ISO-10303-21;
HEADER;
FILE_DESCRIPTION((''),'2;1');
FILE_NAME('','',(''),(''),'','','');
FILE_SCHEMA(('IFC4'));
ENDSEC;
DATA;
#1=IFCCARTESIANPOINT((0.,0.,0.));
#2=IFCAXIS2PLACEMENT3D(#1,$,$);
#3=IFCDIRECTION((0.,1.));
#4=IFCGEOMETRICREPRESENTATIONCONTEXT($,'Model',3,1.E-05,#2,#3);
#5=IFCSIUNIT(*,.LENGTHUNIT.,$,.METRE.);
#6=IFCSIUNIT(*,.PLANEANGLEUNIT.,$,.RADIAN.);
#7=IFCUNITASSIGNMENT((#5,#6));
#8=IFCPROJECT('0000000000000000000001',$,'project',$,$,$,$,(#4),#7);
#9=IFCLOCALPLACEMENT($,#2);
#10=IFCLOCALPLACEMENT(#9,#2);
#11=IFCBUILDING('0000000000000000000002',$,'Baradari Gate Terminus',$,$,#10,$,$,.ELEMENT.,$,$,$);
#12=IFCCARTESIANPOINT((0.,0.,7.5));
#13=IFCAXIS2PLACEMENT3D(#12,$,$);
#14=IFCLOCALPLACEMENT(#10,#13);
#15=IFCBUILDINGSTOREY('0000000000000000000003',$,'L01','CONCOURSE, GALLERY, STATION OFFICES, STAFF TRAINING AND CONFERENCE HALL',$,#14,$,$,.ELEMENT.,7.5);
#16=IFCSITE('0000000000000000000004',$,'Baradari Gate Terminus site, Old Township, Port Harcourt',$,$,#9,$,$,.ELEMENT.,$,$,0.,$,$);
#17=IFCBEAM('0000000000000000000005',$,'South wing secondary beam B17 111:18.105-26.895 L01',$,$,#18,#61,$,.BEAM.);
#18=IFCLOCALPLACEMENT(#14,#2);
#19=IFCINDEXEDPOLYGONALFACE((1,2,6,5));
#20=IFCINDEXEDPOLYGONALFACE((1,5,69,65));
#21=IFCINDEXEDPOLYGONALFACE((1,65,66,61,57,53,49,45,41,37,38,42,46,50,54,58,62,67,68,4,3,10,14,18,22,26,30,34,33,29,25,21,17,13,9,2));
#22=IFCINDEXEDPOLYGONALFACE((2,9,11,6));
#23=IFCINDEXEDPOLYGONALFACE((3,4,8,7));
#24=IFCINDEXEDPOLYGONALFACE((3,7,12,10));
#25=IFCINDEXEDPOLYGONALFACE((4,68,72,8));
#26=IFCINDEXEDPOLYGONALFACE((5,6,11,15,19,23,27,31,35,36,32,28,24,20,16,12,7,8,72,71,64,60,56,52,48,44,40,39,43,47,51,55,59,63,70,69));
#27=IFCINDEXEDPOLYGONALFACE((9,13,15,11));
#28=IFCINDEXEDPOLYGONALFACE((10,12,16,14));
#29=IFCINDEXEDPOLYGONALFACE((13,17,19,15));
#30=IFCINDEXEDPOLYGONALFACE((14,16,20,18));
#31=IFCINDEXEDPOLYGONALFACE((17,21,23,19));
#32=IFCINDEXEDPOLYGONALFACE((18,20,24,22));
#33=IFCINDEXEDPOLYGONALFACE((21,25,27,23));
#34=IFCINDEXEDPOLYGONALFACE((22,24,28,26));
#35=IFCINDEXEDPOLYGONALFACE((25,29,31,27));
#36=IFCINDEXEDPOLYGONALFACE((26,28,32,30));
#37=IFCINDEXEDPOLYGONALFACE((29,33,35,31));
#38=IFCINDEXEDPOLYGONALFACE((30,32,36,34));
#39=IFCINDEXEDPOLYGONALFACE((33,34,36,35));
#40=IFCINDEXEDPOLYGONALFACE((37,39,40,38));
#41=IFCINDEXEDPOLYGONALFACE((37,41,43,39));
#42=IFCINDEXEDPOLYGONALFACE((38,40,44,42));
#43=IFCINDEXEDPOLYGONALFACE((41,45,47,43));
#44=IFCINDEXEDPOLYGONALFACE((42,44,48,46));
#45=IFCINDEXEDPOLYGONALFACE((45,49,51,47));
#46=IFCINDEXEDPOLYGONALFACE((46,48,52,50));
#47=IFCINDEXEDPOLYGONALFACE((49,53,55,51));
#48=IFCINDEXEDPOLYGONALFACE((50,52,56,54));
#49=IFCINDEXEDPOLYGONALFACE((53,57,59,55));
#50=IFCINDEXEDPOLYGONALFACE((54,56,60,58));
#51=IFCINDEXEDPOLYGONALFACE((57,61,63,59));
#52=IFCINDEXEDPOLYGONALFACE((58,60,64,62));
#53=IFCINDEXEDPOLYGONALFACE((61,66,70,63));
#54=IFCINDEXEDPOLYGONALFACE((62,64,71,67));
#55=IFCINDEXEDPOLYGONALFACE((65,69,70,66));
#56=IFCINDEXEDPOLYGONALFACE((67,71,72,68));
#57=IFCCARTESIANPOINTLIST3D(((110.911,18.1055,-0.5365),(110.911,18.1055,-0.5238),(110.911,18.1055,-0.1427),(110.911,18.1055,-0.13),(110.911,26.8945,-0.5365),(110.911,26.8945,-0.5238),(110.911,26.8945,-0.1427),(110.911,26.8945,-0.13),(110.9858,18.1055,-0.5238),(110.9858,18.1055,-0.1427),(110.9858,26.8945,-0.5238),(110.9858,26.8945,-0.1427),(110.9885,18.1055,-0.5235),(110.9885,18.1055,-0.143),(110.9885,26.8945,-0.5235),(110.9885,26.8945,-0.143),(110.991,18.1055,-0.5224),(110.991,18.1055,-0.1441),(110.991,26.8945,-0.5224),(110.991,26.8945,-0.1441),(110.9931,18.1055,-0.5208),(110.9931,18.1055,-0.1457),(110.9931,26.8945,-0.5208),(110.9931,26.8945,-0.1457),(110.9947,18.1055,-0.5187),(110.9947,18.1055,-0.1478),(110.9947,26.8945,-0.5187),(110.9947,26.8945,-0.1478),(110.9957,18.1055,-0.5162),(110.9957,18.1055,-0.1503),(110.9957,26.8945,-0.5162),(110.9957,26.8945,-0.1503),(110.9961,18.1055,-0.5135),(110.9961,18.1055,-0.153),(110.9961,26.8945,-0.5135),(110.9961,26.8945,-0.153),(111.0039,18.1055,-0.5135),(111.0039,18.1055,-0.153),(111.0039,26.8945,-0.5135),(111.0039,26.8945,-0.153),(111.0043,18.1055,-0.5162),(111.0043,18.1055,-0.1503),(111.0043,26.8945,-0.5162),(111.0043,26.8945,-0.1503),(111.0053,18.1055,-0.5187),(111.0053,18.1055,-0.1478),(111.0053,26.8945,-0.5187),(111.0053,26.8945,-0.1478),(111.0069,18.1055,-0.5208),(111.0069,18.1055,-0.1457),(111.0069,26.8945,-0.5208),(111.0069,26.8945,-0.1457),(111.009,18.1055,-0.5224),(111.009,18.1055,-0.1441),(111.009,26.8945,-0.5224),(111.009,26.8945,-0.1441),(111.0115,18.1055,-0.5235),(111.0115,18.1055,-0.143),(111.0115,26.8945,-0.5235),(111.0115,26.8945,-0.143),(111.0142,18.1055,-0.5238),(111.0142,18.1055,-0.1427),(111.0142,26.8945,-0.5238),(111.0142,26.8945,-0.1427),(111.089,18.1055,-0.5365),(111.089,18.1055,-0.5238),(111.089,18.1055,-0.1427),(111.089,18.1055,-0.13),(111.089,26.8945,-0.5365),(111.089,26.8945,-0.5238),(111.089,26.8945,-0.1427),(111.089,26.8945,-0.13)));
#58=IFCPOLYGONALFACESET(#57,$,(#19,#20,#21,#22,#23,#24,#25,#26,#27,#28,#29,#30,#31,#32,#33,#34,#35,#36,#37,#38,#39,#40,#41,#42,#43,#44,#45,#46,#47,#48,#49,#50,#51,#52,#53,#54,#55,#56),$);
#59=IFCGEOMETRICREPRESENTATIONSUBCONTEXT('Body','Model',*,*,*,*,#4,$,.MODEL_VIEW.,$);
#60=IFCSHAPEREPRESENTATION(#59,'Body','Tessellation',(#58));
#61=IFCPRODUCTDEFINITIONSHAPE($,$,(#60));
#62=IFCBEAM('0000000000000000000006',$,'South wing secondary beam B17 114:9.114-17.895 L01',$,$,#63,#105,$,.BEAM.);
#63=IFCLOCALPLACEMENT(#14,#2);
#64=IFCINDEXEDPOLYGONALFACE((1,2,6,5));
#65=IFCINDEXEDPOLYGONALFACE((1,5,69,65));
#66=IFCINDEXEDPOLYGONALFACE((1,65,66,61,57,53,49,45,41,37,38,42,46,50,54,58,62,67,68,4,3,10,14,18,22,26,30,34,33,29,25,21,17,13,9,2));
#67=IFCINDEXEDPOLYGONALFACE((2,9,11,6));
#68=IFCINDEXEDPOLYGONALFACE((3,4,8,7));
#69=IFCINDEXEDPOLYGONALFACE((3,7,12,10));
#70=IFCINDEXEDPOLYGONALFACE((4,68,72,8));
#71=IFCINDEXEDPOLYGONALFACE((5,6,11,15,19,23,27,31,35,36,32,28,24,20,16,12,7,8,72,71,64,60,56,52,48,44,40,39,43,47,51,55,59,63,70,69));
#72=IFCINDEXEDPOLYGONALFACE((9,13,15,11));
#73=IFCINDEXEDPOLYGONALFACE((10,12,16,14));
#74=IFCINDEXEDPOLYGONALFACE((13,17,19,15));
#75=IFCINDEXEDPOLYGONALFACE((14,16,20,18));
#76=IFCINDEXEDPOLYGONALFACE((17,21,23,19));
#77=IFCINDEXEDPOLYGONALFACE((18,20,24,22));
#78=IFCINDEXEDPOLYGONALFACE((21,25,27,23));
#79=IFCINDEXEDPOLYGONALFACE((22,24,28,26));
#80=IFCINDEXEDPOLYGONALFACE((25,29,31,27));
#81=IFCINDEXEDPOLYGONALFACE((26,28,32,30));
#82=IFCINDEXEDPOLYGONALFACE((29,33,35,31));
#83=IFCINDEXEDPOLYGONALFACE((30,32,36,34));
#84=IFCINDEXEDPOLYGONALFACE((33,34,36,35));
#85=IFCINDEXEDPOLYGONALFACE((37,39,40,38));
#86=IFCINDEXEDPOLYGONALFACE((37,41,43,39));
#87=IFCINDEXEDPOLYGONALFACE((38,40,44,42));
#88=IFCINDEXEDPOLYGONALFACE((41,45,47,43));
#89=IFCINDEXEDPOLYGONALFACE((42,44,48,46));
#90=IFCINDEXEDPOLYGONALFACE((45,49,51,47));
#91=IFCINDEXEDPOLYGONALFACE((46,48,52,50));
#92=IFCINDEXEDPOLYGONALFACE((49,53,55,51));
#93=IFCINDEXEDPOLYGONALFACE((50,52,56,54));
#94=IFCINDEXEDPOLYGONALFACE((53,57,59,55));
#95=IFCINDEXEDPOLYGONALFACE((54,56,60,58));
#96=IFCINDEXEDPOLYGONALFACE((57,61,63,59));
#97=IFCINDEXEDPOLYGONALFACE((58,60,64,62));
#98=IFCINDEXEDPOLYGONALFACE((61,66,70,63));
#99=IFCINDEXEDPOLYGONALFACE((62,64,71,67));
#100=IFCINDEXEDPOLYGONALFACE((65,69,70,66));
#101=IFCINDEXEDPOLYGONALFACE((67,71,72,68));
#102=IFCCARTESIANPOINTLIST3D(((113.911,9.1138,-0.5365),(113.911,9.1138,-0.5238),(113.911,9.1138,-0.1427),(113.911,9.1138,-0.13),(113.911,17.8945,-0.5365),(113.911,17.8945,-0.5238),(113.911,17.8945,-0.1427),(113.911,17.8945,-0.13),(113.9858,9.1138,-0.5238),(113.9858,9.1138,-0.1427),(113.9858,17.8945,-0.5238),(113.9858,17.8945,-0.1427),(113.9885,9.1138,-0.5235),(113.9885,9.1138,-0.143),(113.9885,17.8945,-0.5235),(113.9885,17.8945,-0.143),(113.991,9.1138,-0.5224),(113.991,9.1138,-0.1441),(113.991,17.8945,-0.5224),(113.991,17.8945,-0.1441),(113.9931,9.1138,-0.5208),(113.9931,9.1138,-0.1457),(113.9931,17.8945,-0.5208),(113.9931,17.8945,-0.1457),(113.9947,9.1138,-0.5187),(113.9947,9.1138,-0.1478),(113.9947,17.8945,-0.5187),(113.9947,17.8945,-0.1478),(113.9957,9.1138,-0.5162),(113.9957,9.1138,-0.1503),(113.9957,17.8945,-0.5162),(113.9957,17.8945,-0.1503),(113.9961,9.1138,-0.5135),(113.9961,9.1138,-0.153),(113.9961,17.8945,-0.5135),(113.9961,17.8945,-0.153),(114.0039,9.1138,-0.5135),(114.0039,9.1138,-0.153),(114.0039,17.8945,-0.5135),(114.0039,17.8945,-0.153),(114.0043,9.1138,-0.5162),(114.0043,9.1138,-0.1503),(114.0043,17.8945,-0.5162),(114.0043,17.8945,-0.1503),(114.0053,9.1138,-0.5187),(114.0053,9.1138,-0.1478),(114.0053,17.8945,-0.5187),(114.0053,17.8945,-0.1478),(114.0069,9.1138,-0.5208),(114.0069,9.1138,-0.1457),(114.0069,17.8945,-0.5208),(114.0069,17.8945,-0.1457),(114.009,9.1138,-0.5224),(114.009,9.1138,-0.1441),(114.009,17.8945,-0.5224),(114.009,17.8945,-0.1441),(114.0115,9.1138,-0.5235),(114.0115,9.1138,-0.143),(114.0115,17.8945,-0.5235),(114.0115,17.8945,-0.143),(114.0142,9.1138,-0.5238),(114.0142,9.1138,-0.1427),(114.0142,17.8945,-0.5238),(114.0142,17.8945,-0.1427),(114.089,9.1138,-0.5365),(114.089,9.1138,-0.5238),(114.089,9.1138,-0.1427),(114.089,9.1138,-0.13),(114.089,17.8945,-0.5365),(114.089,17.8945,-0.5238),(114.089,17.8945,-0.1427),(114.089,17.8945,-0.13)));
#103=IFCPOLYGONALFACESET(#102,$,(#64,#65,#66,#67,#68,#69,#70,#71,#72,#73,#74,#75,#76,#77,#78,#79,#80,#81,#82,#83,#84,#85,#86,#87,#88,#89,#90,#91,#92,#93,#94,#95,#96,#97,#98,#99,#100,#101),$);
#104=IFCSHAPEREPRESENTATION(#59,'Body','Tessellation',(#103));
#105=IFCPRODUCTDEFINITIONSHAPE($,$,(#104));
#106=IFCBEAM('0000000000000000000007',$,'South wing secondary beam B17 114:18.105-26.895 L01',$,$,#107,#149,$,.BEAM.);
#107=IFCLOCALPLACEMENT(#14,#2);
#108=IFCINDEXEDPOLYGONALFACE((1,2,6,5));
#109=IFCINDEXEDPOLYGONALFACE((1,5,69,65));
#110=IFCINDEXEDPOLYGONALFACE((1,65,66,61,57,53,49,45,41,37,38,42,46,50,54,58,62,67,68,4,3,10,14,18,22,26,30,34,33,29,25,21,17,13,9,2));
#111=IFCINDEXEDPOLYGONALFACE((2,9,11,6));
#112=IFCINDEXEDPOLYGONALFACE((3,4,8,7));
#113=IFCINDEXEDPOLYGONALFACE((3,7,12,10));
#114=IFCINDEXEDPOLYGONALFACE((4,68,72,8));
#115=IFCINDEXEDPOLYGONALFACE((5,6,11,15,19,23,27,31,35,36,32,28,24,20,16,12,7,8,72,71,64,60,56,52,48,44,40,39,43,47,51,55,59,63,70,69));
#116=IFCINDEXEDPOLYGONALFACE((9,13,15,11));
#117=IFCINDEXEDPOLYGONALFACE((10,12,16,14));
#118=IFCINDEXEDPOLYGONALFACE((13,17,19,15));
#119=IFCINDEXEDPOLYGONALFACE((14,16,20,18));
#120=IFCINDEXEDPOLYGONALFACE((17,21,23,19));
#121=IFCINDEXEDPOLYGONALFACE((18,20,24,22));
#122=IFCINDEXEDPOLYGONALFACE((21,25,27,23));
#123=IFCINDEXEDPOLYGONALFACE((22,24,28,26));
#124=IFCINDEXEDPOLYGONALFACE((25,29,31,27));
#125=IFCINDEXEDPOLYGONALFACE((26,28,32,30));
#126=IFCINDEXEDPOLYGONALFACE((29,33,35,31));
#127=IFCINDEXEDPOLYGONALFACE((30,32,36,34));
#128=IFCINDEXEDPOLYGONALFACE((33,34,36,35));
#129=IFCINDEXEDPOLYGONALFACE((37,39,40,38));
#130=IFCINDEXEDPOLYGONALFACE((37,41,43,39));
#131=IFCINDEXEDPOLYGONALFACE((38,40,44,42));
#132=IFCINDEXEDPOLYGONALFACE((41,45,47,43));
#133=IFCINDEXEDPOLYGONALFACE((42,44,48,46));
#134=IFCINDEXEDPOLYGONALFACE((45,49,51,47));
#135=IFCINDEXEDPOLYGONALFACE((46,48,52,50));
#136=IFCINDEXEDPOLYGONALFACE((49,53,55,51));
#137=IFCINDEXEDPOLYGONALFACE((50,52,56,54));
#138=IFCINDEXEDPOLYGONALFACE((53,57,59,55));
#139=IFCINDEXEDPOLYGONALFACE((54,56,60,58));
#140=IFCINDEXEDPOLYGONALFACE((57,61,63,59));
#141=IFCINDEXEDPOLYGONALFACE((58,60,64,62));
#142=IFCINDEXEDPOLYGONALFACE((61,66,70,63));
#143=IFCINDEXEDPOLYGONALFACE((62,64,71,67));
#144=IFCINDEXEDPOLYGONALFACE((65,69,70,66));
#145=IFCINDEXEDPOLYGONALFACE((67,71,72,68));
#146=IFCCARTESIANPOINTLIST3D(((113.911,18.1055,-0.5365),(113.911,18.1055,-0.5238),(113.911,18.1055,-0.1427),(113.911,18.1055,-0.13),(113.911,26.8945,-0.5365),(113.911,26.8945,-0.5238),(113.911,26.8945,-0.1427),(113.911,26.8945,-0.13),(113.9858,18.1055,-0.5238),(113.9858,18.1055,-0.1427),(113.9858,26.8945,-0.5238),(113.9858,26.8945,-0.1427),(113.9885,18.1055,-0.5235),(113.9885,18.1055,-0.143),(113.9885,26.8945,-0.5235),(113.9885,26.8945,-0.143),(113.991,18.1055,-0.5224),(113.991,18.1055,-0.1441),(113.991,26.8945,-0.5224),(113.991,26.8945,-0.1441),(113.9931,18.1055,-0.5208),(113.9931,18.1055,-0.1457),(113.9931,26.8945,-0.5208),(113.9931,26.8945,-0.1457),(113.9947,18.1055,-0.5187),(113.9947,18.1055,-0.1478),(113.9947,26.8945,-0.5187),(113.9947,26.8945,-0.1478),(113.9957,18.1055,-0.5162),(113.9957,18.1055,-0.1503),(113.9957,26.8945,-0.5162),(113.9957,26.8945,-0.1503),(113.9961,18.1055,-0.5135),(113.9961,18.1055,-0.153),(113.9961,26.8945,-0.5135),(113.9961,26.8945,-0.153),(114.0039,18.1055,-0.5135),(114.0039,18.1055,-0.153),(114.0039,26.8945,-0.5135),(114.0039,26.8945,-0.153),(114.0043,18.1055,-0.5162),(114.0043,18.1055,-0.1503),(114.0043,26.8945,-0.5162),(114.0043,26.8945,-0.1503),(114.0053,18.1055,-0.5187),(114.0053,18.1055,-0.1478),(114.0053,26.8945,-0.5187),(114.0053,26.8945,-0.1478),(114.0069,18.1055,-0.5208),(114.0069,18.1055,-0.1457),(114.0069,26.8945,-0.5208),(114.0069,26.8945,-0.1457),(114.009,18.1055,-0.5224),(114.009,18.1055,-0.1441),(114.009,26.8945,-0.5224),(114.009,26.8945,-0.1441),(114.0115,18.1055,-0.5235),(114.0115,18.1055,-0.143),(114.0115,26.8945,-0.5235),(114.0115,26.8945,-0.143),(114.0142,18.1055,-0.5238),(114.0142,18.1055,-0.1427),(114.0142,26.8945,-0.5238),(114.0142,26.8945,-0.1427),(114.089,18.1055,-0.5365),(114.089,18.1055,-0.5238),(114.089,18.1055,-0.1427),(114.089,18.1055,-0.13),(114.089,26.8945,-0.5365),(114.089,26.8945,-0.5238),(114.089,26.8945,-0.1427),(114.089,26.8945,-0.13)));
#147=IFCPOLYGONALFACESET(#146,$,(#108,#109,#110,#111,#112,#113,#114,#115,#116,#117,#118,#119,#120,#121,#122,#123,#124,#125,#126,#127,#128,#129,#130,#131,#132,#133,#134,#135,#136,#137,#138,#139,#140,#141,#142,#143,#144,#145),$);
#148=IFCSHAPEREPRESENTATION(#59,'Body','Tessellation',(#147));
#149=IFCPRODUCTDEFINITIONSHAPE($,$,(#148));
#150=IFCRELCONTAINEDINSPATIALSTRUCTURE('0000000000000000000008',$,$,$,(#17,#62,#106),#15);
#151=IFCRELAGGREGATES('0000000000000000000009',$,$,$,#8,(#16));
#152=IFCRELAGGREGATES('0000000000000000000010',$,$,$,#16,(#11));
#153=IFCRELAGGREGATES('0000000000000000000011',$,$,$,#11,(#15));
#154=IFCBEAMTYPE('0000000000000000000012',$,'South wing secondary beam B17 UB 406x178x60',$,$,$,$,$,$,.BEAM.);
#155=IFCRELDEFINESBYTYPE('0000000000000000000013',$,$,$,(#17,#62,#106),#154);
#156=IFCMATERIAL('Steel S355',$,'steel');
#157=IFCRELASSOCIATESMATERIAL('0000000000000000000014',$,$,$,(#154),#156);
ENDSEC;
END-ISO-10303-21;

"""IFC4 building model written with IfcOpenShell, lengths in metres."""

from ifc_helpers import new_model, si_unit, direction, frame, origin, origin_2d, place, context, subcontext, project, spatial, i_section, extrude, material, material_profile, profile_set, type_object, element, save


model = new_model("IFC4")

# Units and contexts
model_context = context("Model", 3, precision=1e-05, world=origin(), true_north=direction((0.0, 1.0)))
body_context = subcontext(model_context, "Body", "Model", "MODEL_VIEW")
ifc_project = project(units=[si_unit("LENGTHUNIT", "METRE"), si_unit("PLANEANGLEUNIT", "RADIAN")], contexts=[model_context])

# Site, building, storey
site_placement = place(None, origin())
site = spatial("IfcSite", under=ifc_project, at=site_placement, Name="Baradari Gate Terminus site, Old Township, Port Harcourt", CompositionType="ELEMENT", RefElevation=0.0)
building_placement = place(site_placement, origin())
building = spatial("IfcBuilding", under=site, at=building_placement, Name="Baradari Gate Terminus", CompositionType="ELEMENT")
storey_placement = place(building_placement, frame((0.0, 0.0, 7.5)))
storey = spatial("IfcBuildingStorey", under=building, at=storey_placement, Name="L01", Description="CONCOURSE, GALLERY, STATION OFFICES, STAFF TRAINING AND CONFERENCE HALL", CompositionType="ELEMENT", Elevation=7.5)

# Beams
ifc_material_1 = material(Name="Steel S355", Category="steel")
ifc_material_profile_1 = material_profile(ifc_material_1, i_section(OverallWidth=0.178, OverallDepth=0.4065, WebThickness=0.0078, FlangeThickness=0.0127, FilletRadius=0.0103, at=origin_2d()), Name="UB 406x178x60")
ifc_profile_set_1 = profile_set([ifc_material_profile_1], Name="Steel S355")
beam_type_1 = type_object("IfcBeamType", Name="South wing secondary beam B17 UB 406x178x60", PredefinedType="BEAM", material=ifc_profile_set_1)
beam_1_placement = place(storey_placement, frame((111.0, 18.1055, -0.3333), z_axis=(0.0, 1.0, 0.0), x_axis=(-1.0, 0.0, 0.0)))
element("IfcBeam", 1, at=beam_1_placement, inside=storey, type_object=beam_type_1, Name="South wing secondary beam B17 111:18.105-26.895 L01", PredefinedType="BEAM", context=body_context, shape_type="SweptSolid", body=[
    extrude(i_section(OverallWidth=0.178, OverallDepth=0.4065, WebThickness=0.0078, FlangeThickness=0.0127, FilletRadius=0.0103, at=origin_2d()), origin(), (0.0, 0.0, 1.0), 8.7891),
])
beam_2_placement = place(storey_placement, frame((114.0, 9.1138, -0.3333), z_axis=(0.0, 1.0, 0.0), x_axis=(-1.0, 0.0, 0.0)))
element("IfcBeam", 2, at=beam_2_placement, inside=storey, type_object=beam_type_1, Name="South wing secondary beam B17 114:9.114-17.895 L01", PredefinedType="BEAM", context=body_context, shape_type="SweptSolid", body=[
    extrude(i_section(OverallWidth=0.178, OverallDepth=0.4065, WebThickness=0.0078, FlangeThickness=0.0127, FilletRadius=0.0103, at=origin_2d()), origin(), (0.0, 0.0, 1.0), 8.7808),
])
beam_3_placement = place(storey_placement, frame((114.0, 18.1055, -0.3333), z_axis=(0.0, 1.0, 0.0), x_axis=(-1.0, 0.0, 0.0)))
element("IfcBeam", 3, at=beam_3_placement, inside=storey, type_object=beam_type_1, Name="South wing secondary beam B17 114:18.105-26.895 L01", PredefinedType="BEAM", context=body_context, shape_type="SweptSolid", body=[
    extrude(i_section(OverallWidth=0.178, OverallDepth=0.4065, WebThickness=0.0078, FlangeThickness=0.0127, FilletRadius=0.0103, at=origin_2d()), origin(), (0.0, 0.0, 1.0), 8.7891),
])

save(model, "model.ifc")
